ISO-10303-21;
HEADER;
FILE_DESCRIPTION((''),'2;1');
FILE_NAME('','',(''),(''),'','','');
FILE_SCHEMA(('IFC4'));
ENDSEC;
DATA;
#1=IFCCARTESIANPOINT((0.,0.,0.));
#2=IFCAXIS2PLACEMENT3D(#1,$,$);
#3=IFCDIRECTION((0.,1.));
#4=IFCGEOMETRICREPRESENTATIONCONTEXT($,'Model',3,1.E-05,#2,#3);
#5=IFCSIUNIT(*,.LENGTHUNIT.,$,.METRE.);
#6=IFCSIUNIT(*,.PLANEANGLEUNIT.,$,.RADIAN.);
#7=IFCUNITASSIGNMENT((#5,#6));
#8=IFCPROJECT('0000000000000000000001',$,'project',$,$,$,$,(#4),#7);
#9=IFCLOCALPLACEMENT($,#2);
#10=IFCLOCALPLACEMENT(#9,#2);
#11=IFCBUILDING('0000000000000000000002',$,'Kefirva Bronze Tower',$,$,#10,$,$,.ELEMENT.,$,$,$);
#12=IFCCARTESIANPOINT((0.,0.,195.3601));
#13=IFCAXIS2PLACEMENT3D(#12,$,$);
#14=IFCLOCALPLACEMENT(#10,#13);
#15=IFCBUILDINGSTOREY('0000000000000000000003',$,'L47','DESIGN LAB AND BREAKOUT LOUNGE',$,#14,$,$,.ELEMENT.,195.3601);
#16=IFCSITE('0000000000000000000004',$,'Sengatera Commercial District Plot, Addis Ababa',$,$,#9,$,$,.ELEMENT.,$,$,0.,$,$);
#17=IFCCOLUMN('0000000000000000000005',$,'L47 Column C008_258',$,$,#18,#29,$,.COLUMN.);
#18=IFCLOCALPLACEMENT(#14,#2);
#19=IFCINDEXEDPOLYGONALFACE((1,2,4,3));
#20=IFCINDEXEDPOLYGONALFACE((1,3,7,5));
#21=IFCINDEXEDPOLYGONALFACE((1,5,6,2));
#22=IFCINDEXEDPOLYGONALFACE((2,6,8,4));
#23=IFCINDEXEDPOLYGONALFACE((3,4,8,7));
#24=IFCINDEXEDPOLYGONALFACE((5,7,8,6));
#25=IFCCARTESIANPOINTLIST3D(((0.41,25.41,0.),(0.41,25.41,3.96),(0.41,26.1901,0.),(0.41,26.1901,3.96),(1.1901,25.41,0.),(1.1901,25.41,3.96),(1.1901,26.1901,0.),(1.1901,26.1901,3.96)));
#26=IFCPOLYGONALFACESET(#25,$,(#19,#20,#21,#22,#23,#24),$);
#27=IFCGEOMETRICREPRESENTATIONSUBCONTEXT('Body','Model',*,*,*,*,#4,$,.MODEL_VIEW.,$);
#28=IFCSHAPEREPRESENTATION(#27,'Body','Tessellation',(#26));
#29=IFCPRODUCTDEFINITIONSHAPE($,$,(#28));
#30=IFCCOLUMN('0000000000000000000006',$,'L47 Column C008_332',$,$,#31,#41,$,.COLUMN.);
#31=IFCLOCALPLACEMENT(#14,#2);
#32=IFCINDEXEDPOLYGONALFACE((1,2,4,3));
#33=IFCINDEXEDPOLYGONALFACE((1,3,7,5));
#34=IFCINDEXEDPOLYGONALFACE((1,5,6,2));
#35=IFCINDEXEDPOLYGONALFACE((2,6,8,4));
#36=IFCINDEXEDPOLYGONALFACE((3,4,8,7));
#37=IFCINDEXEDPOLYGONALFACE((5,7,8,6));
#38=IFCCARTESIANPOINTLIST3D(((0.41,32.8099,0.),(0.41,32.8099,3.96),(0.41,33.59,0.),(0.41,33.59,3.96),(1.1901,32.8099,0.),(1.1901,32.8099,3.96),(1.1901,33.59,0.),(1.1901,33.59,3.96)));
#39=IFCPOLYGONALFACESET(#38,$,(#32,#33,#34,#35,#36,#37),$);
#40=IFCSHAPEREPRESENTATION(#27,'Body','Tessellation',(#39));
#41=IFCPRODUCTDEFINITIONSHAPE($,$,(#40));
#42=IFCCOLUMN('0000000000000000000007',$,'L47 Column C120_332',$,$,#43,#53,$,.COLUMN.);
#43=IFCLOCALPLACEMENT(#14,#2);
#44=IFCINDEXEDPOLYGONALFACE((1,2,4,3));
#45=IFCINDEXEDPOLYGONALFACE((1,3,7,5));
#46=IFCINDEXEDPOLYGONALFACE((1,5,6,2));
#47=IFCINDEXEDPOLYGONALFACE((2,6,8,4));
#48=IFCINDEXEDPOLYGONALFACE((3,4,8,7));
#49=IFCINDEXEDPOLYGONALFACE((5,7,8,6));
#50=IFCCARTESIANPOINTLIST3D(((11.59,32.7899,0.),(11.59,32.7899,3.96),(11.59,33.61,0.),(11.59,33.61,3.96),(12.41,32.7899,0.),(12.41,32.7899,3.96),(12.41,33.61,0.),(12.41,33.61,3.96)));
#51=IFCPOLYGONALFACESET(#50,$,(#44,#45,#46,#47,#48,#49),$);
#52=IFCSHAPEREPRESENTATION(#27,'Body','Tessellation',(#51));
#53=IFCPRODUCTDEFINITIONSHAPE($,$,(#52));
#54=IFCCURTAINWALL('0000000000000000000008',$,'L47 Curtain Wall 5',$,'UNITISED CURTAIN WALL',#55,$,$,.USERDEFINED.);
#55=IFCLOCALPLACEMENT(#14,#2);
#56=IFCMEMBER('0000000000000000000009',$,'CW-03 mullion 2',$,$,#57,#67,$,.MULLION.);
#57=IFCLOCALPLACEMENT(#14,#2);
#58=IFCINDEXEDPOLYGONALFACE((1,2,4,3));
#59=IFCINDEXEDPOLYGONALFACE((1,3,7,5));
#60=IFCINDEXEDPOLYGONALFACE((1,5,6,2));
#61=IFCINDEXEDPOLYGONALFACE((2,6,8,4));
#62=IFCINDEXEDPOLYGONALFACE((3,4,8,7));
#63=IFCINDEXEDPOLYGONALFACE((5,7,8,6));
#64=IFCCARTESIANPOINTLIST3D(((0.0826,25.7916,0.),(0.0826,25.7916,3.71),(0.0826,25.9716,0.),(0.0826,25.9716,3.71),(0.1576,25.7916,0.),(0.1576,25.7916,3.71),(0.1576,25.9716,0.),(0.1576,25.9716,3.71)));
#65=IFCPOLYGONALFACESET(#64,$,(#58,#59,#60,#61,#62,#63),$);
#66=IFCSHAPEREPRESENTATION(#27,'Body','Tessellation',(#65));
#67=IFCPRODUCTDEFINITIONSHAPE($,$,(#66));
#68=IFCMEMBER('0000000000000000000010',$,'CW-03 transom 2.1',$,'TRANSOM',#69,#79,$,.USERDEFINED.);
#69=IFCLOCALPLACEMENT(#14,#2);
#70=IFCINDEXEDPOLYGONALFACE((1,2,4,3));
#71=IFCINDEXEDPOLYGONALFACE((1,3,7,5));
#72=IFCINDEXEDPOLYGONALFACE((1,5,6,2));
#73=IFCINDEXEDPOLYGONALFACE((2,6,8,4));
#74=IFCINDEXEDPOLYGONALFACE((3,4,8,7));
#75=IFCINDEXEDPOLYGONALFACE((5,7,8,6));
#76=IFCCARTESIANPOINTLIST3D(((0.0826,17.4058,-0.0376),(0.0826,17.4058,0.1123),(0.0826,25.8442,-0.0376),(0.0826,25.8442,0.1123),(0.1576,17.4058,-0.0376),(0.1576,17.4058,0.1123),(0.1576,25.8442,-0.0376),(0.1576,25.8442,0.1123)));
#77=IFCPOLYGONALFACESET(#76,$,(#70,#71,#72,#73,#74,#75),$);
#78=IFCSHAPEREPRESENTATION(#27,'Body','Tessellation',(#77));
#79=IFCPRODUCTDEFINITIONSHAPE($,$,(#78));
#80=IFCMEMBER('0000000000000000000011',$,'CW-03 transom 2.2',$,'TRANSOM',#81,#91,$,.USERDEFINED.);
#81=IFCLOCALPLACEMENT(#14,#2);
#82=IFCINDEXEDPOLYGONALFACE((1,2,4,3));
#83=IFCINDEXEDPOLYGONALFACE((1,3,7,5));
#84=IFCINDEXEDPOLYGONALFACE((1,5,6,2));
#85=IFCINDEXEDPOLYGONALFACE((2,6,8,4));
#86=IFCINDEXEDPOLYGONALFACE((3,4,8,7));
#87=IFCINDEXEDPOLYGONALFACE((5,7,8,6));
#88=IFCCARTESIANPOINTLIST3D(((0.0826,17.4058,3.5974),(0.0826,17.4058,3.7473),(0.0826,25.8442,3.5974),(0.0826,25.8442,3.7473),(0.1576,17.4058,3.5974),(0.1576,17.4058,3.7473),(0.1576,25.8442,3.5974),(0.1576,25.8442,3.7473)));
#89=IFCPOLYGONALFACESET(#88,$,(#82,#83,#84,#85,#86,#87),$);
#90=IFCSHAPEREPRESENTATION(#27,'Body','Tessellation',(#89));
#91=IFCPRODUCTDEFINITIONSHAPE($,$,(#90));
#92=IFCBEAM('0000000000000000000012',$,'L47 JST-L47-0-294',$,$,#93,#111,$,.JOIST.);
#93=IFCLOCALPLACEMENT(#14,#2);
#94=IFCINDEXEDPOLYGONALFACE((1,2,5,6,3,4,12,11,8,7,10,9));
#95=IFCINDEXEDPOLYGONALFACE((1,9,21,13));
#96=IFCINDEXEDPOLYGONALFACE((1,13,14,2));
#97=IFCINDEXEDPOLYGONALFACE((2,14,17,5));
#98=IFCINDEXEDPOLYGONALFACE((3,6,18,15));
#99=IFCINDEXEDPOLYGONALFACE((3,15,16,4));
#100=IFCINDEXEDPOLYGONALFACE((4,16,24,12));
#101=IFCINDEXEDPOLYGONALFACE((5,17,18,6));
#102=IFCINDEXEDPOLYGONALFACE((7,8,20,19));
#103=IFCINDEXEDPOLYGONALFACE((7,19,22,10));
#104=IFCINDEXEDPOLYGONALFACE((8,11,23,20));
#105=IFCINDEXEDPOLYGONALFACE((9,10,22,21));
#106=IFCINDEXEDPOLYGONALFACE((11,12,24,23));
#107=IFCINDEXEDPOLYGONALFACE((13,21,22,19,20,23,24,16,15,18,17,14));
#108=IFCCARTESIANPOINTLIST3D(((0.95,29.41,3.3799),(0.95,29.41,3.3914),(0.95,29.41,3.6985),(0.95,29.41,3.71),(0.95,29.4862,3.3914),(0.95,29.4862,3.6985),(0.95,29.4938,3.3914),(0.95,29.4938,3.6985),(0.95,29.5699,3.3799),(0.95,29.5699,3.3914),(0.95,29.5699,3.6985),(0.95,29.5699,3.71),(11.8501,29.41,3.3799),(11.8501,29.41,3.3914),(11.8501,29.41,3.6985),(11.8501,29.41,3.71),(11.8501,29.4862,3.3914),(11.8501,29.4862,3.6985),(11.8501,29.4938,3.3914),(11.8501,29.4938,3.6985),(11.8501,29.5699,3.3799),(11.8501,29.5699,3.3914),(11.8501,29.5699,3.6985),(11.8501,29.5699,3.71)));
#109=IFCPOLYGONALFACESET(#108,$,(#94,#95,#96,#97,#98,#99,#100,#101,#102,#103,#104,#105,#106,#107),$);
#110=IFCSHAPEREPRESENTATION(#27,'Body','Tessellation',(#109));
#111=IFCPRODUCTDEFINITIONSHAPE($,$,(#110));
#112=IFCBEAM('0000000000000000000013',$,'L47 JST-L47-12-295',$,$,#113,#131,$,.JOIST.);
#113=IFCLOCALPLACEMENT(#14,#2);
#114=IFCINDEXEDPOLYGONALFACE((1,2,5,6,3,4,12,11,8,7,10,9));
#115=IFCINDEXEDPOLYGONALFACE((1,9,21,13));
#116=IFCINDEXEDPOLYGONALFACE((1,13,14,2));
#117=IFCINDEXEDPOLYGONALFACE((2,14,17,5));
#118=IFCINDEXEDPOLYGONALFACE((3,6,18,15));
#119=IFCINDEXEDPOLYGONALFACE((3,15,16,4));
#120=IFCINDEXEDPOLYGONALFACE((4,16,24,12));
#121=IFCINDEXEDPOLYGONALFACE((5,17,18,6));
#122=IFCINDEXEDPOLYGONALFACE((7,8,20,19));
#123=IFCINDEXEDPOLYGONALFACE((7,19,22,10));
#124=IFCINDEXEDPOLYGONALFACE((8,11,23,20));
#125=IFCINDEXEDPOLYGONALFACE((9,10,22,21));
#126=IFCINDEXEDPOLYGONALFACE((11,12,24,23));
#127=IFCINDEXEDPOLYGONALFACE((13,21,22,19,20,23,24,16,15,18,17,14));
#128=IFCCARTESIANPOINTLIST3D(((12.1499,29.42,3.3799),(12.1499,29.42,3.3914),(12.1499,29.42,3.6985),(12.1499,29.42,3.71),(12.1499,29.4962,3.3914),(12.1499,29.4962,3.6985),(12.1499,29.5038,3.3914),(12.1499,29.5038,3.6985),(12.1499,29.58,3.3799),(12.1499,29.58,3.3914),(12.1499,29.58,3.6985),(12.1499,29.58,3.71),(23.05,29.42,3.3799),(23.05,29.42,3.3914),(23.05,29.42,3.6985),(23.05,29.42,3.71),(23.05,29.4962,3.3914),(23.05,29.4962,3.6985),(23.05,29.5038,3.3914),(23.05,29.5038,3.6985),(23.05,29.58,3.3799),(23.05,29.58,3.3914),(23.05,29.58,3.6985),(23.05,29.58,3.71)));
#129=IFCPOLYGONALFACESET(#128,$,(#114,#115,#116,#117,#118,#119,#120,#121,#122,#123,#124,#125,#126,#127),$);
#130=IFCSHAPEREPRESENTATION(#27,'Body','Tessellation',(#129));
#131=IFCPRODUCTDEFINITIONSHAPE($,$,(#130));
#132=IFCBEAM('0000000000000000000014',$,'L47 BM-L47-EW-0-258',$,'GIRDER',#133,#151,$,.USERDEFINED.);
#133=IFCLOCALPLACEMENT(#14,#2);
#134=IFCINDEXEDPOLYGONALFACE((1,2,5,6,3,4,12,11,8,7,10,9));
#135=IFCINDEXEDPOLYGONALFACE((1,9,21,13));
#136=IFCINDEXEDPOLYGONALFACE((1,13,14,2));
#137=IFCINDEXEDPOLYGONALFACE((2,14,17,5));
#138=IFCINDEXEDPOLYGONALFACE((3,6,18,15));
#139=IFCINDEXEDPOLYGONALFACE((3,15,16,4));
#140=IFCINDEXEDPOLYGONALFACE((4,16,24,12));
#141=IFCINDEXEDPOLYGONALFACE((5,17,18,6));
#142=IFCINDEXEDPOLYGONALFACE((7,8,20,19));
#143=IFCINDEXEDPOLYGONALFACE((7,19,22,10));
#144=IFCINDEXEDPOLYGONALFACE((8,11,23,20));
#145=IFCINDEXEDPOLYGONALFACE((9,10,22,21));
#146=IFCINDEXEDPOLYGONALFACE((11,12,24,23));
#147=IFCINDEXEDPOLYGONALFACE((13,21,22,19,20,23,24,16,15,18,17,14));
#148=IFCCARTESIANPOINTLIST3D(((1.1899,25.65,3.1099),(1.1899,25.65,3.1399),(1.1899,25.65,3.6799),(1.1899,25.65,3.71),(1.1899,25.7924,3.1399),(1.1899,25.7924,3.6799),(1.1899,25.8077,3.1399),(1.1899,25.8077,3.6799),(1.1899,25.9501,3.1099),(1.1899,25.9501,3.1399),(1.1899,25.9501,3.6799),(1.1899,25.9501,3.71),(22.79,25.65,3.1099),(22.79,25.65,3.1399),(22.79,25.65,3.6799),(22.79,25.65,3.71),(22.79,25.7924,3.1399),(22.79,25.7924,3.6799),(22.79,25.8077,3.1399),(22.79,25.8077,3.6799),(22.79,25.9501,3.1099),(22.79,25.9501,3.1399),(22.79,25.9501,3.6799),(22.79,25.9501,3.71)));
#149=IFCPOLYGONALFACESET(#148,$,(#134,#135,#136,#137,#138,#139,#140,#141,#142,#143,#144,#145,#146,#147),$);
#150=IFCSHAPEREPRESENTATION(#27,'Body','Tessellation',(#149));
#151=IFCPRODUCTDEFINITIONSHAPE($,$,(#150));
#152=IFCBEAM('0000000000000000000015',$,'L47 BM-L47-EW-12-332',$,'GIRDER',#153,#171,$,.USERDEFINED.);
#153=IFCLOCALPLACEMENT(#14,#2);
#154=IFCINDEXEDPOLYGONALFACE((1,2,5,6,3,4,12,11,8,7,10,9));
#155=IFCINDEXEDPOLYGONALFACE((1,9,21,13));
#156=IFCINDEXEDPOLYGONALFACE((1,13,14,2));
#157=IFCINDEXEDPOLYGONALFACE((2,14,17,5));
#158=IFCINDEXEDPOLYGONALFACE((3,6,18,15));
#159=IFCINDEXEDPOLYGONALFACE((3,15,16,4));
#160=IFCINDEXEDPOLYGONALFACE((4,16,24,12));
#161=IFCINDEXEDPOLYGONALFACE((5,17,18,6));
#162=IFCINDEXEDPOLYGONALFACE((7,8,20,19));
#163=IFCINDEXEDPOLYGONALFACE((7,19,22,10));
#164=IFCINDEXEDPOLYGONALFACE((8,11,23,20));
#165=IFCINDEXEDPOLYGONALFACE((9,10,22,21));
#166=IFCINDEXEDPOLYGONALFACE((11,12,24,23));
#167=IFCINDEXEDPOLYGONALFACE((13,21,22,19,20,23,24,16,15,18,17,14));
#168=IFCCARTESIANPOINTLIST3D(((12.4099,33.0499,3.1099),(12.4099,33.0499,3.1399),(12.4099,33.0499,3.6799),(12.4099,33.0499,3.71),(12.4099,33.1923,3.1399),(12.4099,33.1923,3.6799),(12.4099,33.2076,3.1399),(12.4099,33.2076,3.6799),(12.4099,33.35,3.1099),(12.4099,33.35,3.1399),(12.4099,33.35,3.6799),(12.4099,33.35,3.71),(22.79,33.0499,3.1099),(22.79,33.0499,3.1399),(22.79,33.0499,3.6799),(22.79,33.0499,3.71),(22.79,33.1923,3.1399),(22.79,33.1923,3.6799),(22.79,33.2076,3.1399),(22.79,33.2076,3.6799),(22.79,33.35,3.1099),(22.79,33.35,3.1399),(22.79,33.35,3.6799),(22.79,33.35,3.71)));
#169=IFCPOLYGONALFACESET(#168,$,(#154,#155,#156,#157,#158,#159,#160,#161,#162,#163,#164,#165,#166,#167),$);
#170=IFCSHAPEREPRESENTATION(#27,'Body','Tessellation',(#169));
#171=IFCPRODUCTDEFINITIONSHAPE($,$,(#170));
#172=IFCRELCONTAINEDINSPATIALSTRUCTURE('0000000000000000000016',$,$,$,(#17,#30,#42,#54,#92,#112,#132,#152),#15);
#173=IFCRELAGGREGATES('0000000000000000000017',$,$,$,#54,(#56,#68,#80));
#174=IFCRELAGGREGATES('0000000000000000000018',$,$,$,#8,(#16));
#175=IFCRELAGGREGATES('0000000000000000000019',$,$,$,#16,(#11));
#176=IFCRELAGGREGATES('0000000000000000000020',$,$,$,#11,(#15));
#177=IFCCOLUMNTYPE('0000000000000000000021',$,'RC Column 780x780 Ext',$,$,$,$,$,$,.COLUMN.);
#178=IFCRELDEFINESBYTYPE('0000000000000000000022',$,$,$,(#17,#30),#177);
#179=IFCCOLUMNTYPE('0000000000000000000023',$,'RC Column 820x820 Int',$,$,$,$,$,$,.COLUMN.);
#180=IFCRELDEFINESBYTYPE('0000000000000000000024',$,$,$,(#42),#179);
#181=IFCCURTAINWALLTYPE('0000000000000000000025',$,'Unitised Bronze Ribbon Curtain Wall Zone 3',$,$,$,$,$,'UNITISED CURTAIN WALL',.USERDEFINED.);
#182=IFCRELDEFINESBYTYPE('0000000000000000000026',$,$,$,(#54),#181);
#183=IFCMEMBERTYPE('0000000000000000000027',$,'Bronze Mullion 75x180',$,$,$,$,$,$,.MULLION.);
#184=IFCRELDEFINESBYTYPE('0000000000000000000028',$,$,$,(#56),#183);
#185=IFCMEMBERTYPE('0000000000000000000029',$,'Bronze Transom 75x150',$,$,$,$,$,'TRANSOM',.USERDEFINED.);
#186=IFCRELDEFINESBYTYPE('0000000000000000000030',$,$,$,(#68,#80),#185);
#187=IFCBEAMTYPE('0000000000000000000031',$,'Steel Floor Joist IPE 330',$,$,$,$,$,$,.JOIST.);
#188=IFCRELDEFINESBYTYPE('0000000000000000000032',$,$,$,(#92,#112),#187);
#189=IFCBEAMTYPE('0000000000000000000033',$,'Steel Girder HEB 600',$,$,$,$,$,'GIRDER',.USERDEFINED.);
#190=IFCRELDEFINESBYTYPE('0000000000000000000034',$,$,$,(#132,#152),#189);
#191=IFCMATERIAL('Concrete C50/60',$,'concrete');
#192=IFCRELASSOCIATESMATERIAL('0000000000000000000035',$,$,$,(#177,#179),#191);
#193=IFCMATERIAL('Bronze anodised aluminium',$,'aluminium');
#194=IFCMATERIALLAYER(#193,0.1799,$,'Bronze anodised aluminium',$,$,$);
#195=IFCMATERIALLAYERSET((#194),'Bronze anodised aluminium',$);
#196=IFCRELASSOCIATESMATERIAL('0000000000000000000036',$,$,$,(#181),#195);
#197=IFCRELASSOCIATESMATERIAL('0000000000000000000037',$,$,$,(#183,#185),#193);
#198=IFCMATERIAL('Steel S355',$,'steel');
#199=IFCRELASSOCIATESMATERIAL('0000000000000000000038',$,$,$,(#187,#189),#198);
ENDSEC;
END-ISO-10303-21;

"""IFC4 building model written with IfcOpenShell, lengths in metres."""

from ifc_helpers import new_model, si_unit, direction, frame, origin, origin_2d, place, context, subcontext, project, spatial, rectangle, i_section, extrude, material, layer, layer_set, material_profile, profile_set, type_object, element, aggregate, save


model = new_model("IFC4")

# Units and contexts
model_context = context("Model", 3, precision=1e-05, world=origin(), true_north=direction((0.0, 1.0)))
body_context = subcontext(model_context, "Body", "Model", "MODEL_VIEW")
ifc_project = project(units=[si_unit("LENGTHUNIT", "METRE"), si_unit("PLANEANGLEUNIT", "RADIAN")], contexts=[model_context])

# Site, building, storey
site_placement = place(None, origin())
site = spatial("IfcSite", under=ifc_project, at=site_placement, Name="Sengatera Commercial District Plot, Addis Ababa", CompositionType="ELEMENT", RefElevation=0.0)
building_placement = place(site_placement, origin())
building = spatial("IfcBuilding", under=site, at=building_placement, Name="Kefirva Bronze Tower", CompositionType="ELEMENT")
storey_placement = place(building_placement, frame((0.0, 0.0, 195.3601)))
storey = spatial("IfcBuildingStorey", under=building, at=storey_placement, Name="L47", Description="DESIGN LAB AND BREAKOUT LOUNGE", CompositionType="ELEMENT", Elevation=195.3601)

# Columns
ifc_material_1 = material(Name="Concrete C50/60", Category="concrete")
ifc_material_profile_1 = material_profile(ifc_material_1, rectangle(XDim=0.78, YDim=0.78, at=origin_2d()), Name="RC 780x780")
ifc_profile_set_1 = profile_set([ifc_material_profile_1], Name="Concrete C50/60")
column_type_1 = type_object("IfcColumnType", Name="RC Column 780x780 Ext", PredefinedType="COLUMN", material=ifc_profile_set_1)
for number, where, z_axis, x_axis, name in (
    (1, (0.8, 25.8, 0.0), (0.0, 0.0, 1.0), (1.0, 0.0, 0.0), "L47 Column C008_258"),
    (2, (0.8, 33.2, 0.0), (0.0, 0.0, 1.0), (1.0, 0.0, 0.0), "L47 Column C008_332"),
):
    element("IfcColumn", number, at=place(storey_placement, frame(where, z_axis=z_axis, x_axis=x_axis)), inside=storey, type_object=column_type_1, Name=name, PredefinedType="COLUMN", context=body_context, shape_type="SweptSolid", body=[
        extrude(rectangle(XDim=0.78, YDim=0.78, at=origin_2d()), origin(), (0.0, 0.0, 1.0), 3.96),
    ])
ifc_material_profile_2 = material_profile(ifc_material_1, rectangle(XDim=0.8201, YDim=0.8201, at=origin_2d()), Name="RC 820x820")
ifc_profile_set_2 = profile_set([ifc_material_profile_2], Name="Concrete C50/60")
column_type_2 = type_object("IfcColumnType", Name="RC Column 820x820 Int", PredefinedType="COLUMN", material=ifc_profile_set_2)
column_placement = place(storey_placement, frame((12.0, 33.2, 0.0), z_axis=(0.0, 0.0, 1.0), x_axis=(1.0, 0.0, 0.0)))
element("IfcColumn", 3, at=column_placement, inside=storey, type_object=column_type_2, Name="L47 Column C120_332", PredefinedType="COLUMN", context=body_context, shape_type="SweptSolid", body=[
    extrude(rectangle(XDim=0.8201, YDim=0.8201, at=origin_2d()), origin(), (0.0, 0.0, 1.0), 3.96),
])

# Curtain wall, members
ifc_material_2 = material(Name="Bronze anodised aluminium", Category="aluminium")
ifc_layer_1 = layer(ifc_material_2, 0.1799, Name="Bronze anodised aluminium")
ifc_layer_set_1 = layer_set([ifc_layer_1], Name="Bronze anodised aluminium")
curtain_wall_type = type_object("IfcCurtainWallType", Name="Unitised Bronze Ribbon Curtain Wall Zone 3", ElementType="UNITISED CURTAIN WALL", PredefinedType="USERDEFINED", material=ifc_layer_set_1)
curtain_wall_placement = place(storey_placement, origin())
curtain_wall = element("IfcCurtainWall", 4, at=curtain_wall_placement, inside=storey, type_object=curtain_wall_type, Name="L47 Curtain Wall 5", ObjectType="UNITISED CURTAIN WALL", PredefinedType="USERDEFINED")
ifc_material_profile_3 = material_profile(ifc_material_2, rectangle(XDim=0.075, YDim=0.1799, at=origin_2d()), Name="ALU 75x180")
ifc_profile_set_3 = profile_set([ifc_material_profile_3], Name="Bronze anodised aluminium")
member_type_1 = type_object("IfcMemberType", Name="Bronze Mullion 75x180", PredefinedType="MULLION", material=ifc_profile_set_3)
member_1_placement = place(storey_placement, frame((0.1201, 25.8816, 0.0), z_axis=(0.0, 0.0, 1.0), x_axis=(1.0, 0.0, 0.0)))
member_1 = element("IfcMember", 5, at=member_1_placement, type_object=member_type_1, Name="CW-03 mullion 2", PredefinedType="MULLION", context=body_context, shape_type="SweptSolid", body=[
    extrude(rectangle(XDim=0.075, YDim=0.1799, at=origin_2d()), origin(), (0.0, 0.0, 1.0), 3.71),
])
ifc_material_profile_4 = material_profile(ifc_material_2, rectangle(XDim=0.075, YDim=0.1499, at=origin_2d()), Name="ALU 75x150")
ifc_profile_set_4 = profile_set([ifc_material_profile_4], Name="Bronze anodised aluminium")
member_type_2 = type_object("IfcMemberType", Name="Bronze Transom 75x150", ElementType="TRANSOM", PredefinedType="USERDEFINED", material=ifc_profile_set_4)
member_2_placement = place(storey_placement, frame((0.1201, 25.8442, 0.0374), z_axis=(0.0, -1.0, 0.0), x_axis=(1.0, 0.0, 0.0)))
member_2 = element("IfcMember", 6, at=member_2_placement, type_object=member_type_2, Name="CW-03 transom 2.1", ObjectType="TRANSOM", PredefinedType="USERDEFINED", context=body_context, shape_type="SweptSolid", body=[
    extrude(rectangle(XDim=0.075, YDim=0.1499, at=origin_2d()), origin(), (0.0, 0.0, 1.0), 8.4385),
])
member_3_placement = place(storey_placement, frame((0.1201, 25.8442, 3.6724), z_axis=(0.0, -1.0, 0.0), x_axis=(1.0, 0.0, 0.0)))
member_3 = element("IfcMember", 7, at=member_3_placement, type_object=member_type_2, Name="CW-03 transom 2.2", ObjectType="TRANSOM", PredefinedType="USERDEFINED", context=body_context, shape_type="SweptSolid", body=[
    extrude(rectangle(XDim=0.075, YDim=0.1499, at=origin_2d()), origin(), (0.0, 0.0, 1.0), 8.4385),
])

# Beams
ifc_material_3 = material(Name="Steel S355", Category="steel")
ifc_material_profile_5 = material_profile(ifc_material_3, i_section(OverallWidth=0.1599, OverallDepth=0.3301, WebThickness=0.0076, FlangeThickness=0.0115, at=origin_2d()), Name="IPE 330")
ifc_profile_set_5 = profile_set([ifc_material_profile_5], Name="Steel S355")
beam_type_1 = type_object("IfcBeamType", Name="Steel Floor Joist IPE 330", PredefinedType="JOIST", material=ifc_profile_set_5)
for number, where, z_axis, x_axis, name in (
    (8, (0.95, 29.49, 3.5449), (1.0, 0.0, 0.0), (0.0, 1.0, 0.0), "L47 JST-L47-0-294"),
    (9, (12.1499, 29.5, 3.5449), (1.0, 0.0, 0.0), (0.0, 1.0, 0.0), "L47 JST-L47-12-295"),
):
    element("IfcBeam", number, at=place(storey_placement, frame(where, z_axis=z_axis, x_axis=x_axis)), inside=storey, type_object=beam_type_1, Name=name, PredefinedType="JOIST", context=body_context, shape_type="SweptSolid", body=[
        extrude(i_section(OverallWidth=0.1599, OverallDepth=0.3301, WebThickness=0.0076, FlangeThickness=0.0115, at=origin_2d()), origin(), (0.0, 0.0, 1.0), 10.9001),
    ])
ifc_material_profile_6 = material_profile(ifc_material_3, i_section(OverallWidth=0.3, OverallDepth=0.6001, WebThickness=0.0154, FlangeThickness=0.03, at=origin_2d()), Name="HEB 600")
ifc_profile_set_6 = profile_set([ifc_material_profile_6], Name="Steel S355")
beam_type_2 = type_object("IfcBeamType", Name="Steel Girder HEB 600", ElementType="GIRDER", PredefinedType="USERDEFINED", material=ifc_profile_set_6)
beam_1_placement = place(storey_placement, frame((1.1899, 25.8, 3.4099), z_axis=(1.0, 0.0, 0.0), x_axis=(0.0, 1.0, 0.0)))
element("IfcBeam", 10, at=beam_1_placement, inside=storey, type_object=beam_type_2, Name="L47 BM-L47-EW-0-258", ObjectType="GIRDER", PredefinedType="USERDEFINED", context=body_context, shape_type="SweptSolid", body=[
    extrude(i_section(OverallWidth=0.3, OverallDepth=0.6001, WebThickness=0.0154, FlangeThickness=0.03, at=origin_2d()), origin(), (0.0, 0.0, 1.0), 21.6001),
])
beam_2_placement = place(storey_placement, frame((12.4099, 33.2, 3.4099), z_axis=(1.0, 0.0, 0.0), x_axis=(0.0, 1.0, 0.0)))
element("IfcBeam", 11, at=beam_2_placement, inside=storey, type_object=beam_type_2, Name="L47 BM-L47-EW-12-332", ObjectType="GIRDER", PredefinedType="USERDEFINED", context=body_context, shape_type="SweptSolid", body=[
    extrude(i_section(OverallWidth=0.3, OverallDepth=0.6001, WebThickness=0.0154, FlangeThickness=0.03, at=origin_2d()), origin(), (0.0, 0.0, 1.0), 10.3801),
])

aggregate(curtain_wall, [member_1, member_2, member_3])

save(model, "model.ifc")
